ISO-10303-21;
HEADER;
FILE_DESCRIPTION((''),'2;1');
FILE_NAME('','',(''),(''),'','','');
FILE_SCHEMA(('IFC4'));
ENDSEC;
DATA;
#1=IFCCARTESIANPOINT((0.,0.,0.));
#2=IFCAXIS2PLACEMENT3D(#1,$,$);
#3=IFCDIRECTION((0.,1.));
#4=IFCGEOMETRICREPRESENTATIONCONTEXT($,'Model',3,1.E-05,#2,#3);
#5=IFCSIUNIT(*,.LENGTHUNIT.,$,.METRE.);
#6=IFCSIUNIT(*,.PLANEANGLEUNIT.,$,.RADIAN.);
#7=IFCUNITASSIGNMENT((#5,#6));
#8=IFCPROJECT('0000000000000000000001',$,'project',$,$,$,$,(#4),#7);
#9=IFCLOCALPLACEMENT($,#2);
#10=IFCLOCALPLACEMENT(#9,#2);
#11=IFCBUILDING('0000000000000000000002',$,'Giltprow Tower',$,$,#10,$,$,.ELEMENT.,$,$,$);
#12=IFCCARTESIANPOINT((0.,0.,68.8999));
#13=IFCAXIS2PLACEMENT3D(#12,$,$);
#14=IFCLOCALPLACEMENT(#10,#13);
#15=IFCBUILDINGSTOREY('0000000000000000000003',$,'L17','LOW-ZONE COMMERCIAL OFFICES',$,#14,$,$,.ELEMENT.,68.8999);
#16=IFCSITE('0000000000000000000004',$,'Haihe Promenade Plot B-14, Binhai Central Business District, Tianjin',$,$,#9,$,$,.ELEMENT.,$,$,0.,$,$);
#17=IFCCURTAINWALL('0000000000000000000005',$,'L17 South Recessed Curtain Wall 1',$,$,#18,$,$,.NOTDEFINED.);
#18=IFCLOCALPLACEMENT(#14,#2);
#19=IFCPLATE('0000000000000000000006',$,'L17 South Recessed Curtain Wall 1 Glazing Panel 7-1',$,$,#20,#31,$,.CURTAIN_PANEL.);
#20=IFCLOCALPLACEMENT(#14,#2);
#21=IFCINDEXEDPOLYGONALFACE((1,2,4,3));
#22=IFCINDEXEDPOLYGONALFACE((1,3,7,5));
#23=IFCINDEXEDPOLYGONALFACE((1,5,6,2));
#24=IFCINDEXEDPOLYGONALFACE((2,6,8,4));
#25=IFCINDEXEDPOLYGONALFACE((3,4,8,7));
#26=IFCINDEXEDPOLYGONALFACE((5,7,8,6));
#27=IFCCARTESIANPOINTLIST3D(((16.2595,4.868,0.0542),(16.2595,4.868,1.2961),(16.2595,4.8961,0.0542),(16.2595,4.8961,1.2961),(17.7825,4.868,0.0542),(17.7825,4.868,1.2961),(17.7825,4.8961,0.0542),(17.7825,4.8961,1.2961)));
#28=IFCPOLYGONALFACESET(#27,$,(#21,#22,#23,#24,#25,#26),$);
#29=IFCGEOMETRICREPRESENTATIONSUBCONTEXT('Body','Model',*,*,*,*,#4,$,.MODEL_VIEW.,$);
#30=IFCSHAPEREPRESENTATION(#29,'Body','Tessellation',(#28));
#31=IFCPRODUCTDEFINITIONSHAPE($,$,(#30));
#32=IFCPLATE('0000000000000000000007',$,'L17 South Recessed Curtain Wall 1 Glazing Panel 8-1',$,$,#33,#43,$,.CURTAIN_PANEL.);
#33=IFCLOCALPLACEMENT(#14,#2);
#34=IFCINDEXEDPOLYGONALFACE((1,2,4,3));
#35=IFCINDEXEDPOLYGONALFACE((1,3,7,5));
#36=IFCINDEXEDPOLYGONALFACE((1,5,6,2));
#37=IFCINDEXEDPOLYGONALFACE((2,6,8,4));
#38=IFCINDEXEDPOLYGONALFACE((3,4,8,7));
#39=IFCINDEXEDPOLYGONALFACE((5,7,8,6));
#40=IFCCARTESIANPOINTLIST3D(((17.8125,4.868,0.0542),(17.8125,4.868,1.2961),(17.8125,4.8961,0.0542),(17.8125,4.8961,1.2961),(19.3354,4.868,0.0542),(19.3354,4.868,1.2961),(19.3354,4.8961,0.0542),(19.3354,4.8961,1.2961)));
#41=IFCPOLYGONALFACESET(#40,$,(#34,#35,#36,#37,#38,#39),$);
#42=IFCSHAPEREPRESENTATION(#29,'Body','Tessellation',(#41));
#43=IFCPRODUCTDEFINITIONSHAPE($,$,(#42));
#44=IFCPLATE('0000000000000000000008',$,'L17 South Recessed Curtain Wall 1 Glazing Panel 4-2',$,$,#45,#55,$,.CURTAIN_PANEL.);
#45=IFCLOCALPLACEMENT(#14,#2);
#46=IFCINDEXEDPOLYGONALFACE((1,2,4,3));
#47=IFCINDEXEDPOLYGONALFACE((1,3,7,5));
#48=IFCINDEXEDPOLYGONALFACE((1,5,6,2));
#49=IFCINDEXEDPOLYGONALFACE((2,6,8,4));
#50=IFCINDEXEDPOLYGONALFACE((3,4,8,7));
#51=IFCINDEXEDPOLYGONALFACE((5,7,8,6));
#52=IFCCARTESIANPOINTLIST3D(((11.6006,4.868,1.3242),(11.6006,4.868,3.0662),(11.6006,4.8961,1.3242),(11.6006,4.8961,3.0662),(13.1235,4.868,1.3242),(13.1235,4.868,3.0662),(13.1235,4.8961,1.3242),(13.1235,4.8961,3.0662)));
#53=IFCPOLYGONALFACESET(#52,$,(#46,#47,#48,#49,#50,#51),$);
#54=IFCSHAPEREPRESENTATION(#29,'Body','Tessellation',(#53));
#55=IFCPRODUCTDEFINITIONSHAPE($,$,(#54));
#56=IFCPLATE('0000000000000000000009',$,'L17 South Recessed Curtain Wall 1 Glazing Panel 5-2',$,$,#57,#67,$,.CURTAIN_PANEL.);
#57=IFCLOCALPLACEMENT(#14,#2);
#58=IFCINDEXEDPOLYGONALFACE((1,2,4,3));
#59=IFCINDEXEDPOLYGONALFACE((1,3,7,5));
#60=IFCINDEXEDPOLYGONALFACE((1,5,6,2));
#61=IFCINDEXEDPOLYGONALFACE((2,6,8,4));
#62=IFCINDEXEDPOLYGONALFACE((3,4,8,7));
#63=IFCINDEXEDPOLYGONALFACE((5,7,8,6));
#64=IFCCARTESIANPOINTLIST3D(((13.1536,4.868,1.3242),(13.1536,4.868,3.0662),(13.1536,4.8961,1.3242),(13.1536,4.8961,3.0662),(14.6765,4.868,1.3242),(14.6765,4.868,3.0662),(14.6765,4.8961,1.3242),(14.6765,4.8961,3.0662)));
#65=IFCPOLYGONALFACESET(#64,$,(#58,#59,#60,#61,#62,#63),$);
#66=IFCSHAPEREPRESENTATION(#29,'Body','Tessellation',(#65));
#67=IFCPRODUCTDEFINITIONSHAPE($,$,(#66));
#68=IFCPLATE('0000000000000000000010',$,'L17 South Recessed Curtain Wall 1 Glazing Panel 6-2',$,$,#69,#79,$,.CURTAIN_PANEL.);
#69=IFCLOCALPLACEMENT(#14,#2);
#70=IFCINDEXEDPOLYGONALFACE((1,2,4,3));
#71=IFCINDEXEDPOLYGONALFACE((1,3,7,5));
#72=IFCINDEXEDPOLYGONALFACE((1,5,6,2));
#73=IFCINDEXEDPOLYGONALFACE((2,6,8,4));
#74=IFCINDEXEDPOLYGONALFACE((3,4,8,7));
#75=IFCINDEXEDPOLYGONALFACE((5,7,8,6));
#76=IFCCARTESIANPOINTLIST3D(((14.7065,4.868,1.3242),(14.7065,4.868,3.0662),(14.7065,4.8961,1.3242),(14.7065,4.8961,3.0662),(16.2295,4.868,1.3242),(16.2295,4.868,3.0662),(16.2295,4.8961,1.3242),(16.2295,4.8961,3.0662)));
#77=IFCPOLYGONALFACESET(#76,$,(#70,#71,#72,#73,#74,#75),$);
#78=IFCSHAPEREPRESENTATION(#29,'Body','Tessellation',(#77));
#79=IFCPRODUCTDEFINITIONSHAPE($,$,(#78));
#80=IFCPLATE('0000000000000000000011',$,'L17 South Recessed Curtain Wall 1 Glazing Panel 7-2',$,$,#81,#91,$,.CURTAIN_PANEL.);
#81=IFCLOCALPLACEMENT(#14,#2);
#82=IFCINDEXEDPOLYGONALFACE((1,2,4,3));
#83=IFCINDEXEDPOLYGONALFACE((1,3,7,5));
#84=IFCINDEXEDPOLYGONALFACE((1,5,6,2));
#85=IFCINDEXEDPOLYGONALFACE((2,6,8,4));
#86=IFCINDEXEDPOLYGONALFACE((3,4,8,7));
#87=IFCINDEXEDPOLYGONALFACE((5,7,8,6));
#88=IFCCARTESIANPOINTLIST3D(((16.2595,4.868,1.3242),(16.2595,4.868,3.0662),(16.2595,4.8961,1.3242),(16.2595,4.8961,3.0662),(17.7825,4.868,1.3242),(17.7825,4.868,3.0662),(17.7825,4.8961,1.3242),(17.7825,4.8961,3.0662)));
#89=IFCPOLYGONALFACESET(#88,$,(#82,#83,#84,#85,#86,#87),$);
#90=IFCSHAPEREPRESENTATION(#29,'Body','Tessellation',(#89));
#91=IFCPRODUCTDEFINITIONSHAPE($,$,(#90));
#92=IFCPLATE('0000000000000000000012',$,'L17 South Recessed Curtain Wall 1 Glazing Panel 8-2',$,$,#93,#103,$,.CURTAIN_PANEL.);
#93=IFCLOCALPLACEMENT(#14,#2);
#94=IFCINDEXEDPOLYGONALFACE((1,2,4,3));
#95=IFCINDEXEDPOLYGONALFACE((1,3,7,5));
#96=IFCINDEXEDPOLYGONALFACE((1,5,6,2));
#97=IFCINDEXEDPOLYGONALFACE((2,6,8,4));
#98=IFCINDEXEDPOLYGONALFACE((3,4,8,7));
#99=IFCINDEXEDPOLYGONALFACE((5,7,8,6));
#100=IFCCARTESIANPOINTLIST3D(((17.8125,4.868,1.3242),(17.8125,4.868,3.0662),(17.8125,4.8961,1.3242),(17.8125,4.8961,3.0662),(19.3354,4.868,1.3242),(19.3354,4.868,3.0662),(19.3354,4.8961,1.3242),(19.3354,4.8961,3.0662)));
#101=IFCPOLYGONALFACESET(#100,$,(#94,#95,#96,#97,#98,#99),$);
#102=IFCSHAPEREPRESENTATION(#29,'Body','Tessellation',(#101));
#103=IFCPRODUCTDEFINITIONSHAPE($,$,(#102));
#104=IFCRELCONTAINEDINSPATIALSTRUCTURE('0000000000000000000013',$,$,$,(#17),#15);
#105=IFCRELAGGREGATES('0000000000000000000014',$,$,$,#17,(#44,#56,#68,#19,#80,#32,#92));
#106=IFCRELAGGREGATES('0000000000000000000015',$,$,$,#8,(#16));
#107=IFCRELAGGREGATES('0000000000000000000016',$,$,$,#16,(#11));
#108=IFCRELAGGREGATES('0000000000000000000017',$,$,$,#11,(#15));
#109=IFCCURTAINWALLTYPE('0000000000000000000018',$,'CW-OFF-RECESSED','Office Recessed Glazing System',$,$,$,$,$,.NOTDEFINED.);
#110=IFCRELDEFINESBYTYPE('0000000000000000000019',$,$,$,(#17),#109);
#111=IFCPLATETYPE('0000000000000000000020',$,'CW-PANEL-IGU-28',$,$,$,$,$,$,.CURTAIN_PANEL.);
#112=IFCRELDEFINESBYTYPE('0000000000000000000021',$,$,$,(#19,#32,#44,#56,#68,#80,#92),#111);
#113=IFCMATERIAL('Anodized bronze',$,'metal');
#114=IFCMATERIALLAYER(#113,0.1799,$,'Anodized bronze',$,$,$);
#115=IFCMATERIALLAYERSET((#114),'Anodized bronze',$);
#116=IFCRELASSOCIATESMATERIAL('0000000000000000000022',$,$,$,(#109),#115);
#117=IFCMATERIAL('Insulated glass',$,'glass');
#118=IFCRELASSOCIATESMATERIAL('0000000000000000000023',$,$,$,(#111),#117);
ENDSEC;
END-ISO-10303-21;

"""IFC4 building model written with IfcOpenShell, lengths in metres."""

from ifc_helpers import new_model, si_unit, direction, frame, origin, origin_2d, place, context, subcontext, project, spatial, rectangle, extrude, source, transform, mapped, material, layer, layer_set, type_object, element, aggregate, save


model = new_model("IFC4")

# Units and contexts
model_context = context("Model", 3, precision=1e-05, world=origin(), true_north=direction((0.0, 1.0)))
body_context = subcontext(model_context, "Body", "Model", "MODEL_VIEW")
ifc_project = project(units=[si_unit("LENGTHUNIT", "METRE"), si_unit("PLANEANGLEUNIT", "RADIAN")], contexts=[model_context])

# Site, building, storey
site_placement = place(None, origin())
site = spatial("IfcSite", under=ifc_project, at=site_placement, Name="Haihe Promenade Plot B-14, Binhai Central Business District, Tianjin", CompositionType="ELEMENT", RefElevation=0.0)
building_placement = place(site_placement, origin())
building = spatial("IfcBuilding", under=site, at=building_placement, Name="Giltprow Tower", CompositionType="ELEMENT")
storey_placement = place(building_placement, frame((0.0, 0.0, 68.8999)))
storey = spatial("IfcBuildingStorey", under=building, at=storey_placement, Name="L17", Description="LOW-ZONE COMMERCIAL OFFICES", CompositionType="ELEMENT", Elevation=68.8999)

# Curtain wall
ifc_material_1 = material(Name="Anodized bronze", Category="metal")
ifc_layer = layer(ifc_material_1, 0.1799, Name="Anodized bronze")
ifc_layer_set = layer_set([ifc_layer], Name="Anodized bronze")
curtain_wall_type = type_object("IfcCurtainWallType", Name="CW-OFF-RECESSED", Description="Office Recessed Glazing System", PredefinedType="NOTDEFINED", material=ifc_layer_set)
curtain_wall_placement = place(storey_placement, origin())
curtain_wall = element("IfcCurtainWall", 1, at=curtain_wall_placement, inside=storey, type_object=curtain_wall_type, Name="L17 South Recessed Curtain Wall 1", PredefinedType="NOTDEFINED")

# Plates
ifc_material_2 = material(Name="Insulated glass", Category="glass")
plate_type_1 = type_object("IfcPlateType", Name="CW-PANEL-IGU-28", PredefinedType="CURTAIN_PANEL", material=ifc_material_2)
shared_shape_1 = source(origin(), body_context, "Body", "SweptSolid", [
    extrude(rectangle(XDim=1.5229, YDim=0.0281, at=origin_2d()), origin(), (0.0, 0.0, 1.0), 1.2419),
])
plate_1_placement = place(storey_placement, frame((17.021, 4.8821, 0.0542), z_axis=(0.0, 0.0, 1.0), x_axis=(1.0, 0.0, 0.0)))
plate_1 = element("IfcPlate", 2, at=plate_1_placement, type_object=plate_type_1, Name="L17 South Recessed Curtain Wall 1 Glazing Panel 7-1", PredefinedType="CURTAIN_PANEL", context=body_context, shape_type="MappedRepresentation", body=[
    mapped(shared_shape_1, transform((0.0, 0.0, 0.0), x_axis=(1.0, 0.0, 0.0), y_axis=(0.0, 1.0, 0.0), z_axis=(0.0, 0.0, 1.0), scale=1.0)),
])
plate_2_placement = place(storey_placement, frame((18.574, 4.8821, 0.0542), z_axis=(0.0, 0.0, 1.0), x_axis=(1.0, 0.0, 0.0)))
plate_2 = element("IfcPlate", 3, at=plate_2_placement, type_object=plate_type_1, Name="L17 South Recessed Curtain Wall 1 Glazing Panel 8-1", PredefinedType="CURTAIN_PANEL", context=body_context, shape_type="MappedRepresentation", body=[
    mapped(shared_shape_1, transform((0.0, 0.0, 0.0), x_axis=(1.0, 0.0, 0.0), y_axis=(0.0, 1.0, 0.0), z_axis=(0.0, 0.0, 1.0), scale=1.0)),
])
shared_shape_2 = source(origin(), body_context, "Body", "SweptSolid", [
    extrude(rectangle(XDim=1.5229, YDim=0.0281, at=origin_2d()), origin(), (0.0, 0.0, 1.0), 1.7419),
])
plate_3_placement = place(storey_placement, frame((12.3621, 4.8821, 1.3242), z_axis=(0.0, 0.0, 1.0), x_axis=(1.0, 0.0, 0.0)))
plate_3 = element("IfcPlate", 4, at=plate_3_placement, type_object=plate_type_1, Name="L17 South Recessed Curtain Wall 1 Glazing Panel 4-2", PredefinedType="CURTAIN_PANEL", context=body_context, shape_type="MappedRepresentation", body=[
    mapped(shared_shape_2, transform((0.0, 0.0, 0.0), x_axis=(1.0, 0.0, 0.0), y_axis=(0.0, 1.0, 0.0), z_axis=(0.0, 0.0, 1.0), scale=1.0)),
])
plate_4_placement = place(storey_placement, frame((13.915, 4.8821, 1.3242), z_axis=(0.0, 0.0, 1.0), x_axis=(1.0, 0.0, 0.0)))
plate_4 = element("IfcPlate", 5, at=plate_4_placement, type_object=plate_type_1, Name="L17 South Recessed Curtain Wall 1 Glazing Panel 5-2", PredefinedType="CURTAIN_PANEL", context=body_context, shape_type="MappedRepresentation", body=[
    mapped(shared_shape_2, transform((0.0, 0.0, 0.0), x_axis=(1.0, 0.0, 0.0), y_axis=(0.0, 1.0, 0.0), z_axis=(0.0, 0.0, 1.0), scale=1.0)),
])
plate_5_placement = place(storey_placement, frame((15.468, 4.8821, 1.3242), z_axis=(0.0, 0.0, 1.0), x_axis=(1.0, 0.0, 0.0)))
plate_5 = element("IfcPlate", 6, at=plate_5_placement, type_object=plate_type_1, Name="L17 South Recessed Curtain Wall 1 Glazing Panel 6-2", PredefinedType="CURTAIN_PANEL", context=body_context, shape_type="MappedRepresentation", body=[
    mapped(shared_shape_2, transform((0.0, 0.0, 0.0), x_axis=(1.0, 0.0, 0.0), y_axis=(0.0, 1.0, 0.0), z_axis=(0.0, 0.0, 1.0), scale=1.0)),
])
plate_6_placement = place(storey_placement, frame((17.021, 4.8821, 1.3242), z_axis=(0.0, 0.0, 1.0), x_axis=(1.0, 0.0, 0.0)))
plate_6 = element("IfcPlate", 7, at=plate_6_placement, type_object=plate_type_1, Name="L17 South Recessed Curtain Wall 1 Glazing Panel 7-2", PredefinedType="CURTAIN_PANEL", context=body_context, shape_type="MappedRepresentation", body=[
    mapped(shared_shape_2, transform((0.0, 0.0, 0.0), x_axis=(1.0, 0.0, 0.0), y_axis=(0.0, 1.0, 0.0), z_axis=(0.0, 0.0, 1.0), scale=1.0)),
])
plate_7_placement = place(storey_placement, frame((18.574, 4.8821, 1.3242), z_axis=(0.0, 0.0, 1.0), x_axis=(1.0, 0.0, 0.0)))
plate_7 = element("IfcPlate", 8, at=plate_7_placement, type_object=plate_type_1, Name="L17 South Recessed Curtain Wall 1 Glazing Panel 8-2", PredefinedType="CURTAIN_PANEL", context=body_context, shape_type="MappedRepresentation", body=[
    mapped(shared_shape_2, transform((0.0, 0.0, 0.0), x_axis=(1.0, 0.0, 0.0), y_axis=(0.0, 1.0, 0.0), z_axis=(0.0, 0.0, 1.0), scale=1.0)),
])
aggregate(curtain_wall, [plate_3, plate_4, plate_5, plate_1, plate_6, plate_2, plate_7])

save(model, "model.ifc")
